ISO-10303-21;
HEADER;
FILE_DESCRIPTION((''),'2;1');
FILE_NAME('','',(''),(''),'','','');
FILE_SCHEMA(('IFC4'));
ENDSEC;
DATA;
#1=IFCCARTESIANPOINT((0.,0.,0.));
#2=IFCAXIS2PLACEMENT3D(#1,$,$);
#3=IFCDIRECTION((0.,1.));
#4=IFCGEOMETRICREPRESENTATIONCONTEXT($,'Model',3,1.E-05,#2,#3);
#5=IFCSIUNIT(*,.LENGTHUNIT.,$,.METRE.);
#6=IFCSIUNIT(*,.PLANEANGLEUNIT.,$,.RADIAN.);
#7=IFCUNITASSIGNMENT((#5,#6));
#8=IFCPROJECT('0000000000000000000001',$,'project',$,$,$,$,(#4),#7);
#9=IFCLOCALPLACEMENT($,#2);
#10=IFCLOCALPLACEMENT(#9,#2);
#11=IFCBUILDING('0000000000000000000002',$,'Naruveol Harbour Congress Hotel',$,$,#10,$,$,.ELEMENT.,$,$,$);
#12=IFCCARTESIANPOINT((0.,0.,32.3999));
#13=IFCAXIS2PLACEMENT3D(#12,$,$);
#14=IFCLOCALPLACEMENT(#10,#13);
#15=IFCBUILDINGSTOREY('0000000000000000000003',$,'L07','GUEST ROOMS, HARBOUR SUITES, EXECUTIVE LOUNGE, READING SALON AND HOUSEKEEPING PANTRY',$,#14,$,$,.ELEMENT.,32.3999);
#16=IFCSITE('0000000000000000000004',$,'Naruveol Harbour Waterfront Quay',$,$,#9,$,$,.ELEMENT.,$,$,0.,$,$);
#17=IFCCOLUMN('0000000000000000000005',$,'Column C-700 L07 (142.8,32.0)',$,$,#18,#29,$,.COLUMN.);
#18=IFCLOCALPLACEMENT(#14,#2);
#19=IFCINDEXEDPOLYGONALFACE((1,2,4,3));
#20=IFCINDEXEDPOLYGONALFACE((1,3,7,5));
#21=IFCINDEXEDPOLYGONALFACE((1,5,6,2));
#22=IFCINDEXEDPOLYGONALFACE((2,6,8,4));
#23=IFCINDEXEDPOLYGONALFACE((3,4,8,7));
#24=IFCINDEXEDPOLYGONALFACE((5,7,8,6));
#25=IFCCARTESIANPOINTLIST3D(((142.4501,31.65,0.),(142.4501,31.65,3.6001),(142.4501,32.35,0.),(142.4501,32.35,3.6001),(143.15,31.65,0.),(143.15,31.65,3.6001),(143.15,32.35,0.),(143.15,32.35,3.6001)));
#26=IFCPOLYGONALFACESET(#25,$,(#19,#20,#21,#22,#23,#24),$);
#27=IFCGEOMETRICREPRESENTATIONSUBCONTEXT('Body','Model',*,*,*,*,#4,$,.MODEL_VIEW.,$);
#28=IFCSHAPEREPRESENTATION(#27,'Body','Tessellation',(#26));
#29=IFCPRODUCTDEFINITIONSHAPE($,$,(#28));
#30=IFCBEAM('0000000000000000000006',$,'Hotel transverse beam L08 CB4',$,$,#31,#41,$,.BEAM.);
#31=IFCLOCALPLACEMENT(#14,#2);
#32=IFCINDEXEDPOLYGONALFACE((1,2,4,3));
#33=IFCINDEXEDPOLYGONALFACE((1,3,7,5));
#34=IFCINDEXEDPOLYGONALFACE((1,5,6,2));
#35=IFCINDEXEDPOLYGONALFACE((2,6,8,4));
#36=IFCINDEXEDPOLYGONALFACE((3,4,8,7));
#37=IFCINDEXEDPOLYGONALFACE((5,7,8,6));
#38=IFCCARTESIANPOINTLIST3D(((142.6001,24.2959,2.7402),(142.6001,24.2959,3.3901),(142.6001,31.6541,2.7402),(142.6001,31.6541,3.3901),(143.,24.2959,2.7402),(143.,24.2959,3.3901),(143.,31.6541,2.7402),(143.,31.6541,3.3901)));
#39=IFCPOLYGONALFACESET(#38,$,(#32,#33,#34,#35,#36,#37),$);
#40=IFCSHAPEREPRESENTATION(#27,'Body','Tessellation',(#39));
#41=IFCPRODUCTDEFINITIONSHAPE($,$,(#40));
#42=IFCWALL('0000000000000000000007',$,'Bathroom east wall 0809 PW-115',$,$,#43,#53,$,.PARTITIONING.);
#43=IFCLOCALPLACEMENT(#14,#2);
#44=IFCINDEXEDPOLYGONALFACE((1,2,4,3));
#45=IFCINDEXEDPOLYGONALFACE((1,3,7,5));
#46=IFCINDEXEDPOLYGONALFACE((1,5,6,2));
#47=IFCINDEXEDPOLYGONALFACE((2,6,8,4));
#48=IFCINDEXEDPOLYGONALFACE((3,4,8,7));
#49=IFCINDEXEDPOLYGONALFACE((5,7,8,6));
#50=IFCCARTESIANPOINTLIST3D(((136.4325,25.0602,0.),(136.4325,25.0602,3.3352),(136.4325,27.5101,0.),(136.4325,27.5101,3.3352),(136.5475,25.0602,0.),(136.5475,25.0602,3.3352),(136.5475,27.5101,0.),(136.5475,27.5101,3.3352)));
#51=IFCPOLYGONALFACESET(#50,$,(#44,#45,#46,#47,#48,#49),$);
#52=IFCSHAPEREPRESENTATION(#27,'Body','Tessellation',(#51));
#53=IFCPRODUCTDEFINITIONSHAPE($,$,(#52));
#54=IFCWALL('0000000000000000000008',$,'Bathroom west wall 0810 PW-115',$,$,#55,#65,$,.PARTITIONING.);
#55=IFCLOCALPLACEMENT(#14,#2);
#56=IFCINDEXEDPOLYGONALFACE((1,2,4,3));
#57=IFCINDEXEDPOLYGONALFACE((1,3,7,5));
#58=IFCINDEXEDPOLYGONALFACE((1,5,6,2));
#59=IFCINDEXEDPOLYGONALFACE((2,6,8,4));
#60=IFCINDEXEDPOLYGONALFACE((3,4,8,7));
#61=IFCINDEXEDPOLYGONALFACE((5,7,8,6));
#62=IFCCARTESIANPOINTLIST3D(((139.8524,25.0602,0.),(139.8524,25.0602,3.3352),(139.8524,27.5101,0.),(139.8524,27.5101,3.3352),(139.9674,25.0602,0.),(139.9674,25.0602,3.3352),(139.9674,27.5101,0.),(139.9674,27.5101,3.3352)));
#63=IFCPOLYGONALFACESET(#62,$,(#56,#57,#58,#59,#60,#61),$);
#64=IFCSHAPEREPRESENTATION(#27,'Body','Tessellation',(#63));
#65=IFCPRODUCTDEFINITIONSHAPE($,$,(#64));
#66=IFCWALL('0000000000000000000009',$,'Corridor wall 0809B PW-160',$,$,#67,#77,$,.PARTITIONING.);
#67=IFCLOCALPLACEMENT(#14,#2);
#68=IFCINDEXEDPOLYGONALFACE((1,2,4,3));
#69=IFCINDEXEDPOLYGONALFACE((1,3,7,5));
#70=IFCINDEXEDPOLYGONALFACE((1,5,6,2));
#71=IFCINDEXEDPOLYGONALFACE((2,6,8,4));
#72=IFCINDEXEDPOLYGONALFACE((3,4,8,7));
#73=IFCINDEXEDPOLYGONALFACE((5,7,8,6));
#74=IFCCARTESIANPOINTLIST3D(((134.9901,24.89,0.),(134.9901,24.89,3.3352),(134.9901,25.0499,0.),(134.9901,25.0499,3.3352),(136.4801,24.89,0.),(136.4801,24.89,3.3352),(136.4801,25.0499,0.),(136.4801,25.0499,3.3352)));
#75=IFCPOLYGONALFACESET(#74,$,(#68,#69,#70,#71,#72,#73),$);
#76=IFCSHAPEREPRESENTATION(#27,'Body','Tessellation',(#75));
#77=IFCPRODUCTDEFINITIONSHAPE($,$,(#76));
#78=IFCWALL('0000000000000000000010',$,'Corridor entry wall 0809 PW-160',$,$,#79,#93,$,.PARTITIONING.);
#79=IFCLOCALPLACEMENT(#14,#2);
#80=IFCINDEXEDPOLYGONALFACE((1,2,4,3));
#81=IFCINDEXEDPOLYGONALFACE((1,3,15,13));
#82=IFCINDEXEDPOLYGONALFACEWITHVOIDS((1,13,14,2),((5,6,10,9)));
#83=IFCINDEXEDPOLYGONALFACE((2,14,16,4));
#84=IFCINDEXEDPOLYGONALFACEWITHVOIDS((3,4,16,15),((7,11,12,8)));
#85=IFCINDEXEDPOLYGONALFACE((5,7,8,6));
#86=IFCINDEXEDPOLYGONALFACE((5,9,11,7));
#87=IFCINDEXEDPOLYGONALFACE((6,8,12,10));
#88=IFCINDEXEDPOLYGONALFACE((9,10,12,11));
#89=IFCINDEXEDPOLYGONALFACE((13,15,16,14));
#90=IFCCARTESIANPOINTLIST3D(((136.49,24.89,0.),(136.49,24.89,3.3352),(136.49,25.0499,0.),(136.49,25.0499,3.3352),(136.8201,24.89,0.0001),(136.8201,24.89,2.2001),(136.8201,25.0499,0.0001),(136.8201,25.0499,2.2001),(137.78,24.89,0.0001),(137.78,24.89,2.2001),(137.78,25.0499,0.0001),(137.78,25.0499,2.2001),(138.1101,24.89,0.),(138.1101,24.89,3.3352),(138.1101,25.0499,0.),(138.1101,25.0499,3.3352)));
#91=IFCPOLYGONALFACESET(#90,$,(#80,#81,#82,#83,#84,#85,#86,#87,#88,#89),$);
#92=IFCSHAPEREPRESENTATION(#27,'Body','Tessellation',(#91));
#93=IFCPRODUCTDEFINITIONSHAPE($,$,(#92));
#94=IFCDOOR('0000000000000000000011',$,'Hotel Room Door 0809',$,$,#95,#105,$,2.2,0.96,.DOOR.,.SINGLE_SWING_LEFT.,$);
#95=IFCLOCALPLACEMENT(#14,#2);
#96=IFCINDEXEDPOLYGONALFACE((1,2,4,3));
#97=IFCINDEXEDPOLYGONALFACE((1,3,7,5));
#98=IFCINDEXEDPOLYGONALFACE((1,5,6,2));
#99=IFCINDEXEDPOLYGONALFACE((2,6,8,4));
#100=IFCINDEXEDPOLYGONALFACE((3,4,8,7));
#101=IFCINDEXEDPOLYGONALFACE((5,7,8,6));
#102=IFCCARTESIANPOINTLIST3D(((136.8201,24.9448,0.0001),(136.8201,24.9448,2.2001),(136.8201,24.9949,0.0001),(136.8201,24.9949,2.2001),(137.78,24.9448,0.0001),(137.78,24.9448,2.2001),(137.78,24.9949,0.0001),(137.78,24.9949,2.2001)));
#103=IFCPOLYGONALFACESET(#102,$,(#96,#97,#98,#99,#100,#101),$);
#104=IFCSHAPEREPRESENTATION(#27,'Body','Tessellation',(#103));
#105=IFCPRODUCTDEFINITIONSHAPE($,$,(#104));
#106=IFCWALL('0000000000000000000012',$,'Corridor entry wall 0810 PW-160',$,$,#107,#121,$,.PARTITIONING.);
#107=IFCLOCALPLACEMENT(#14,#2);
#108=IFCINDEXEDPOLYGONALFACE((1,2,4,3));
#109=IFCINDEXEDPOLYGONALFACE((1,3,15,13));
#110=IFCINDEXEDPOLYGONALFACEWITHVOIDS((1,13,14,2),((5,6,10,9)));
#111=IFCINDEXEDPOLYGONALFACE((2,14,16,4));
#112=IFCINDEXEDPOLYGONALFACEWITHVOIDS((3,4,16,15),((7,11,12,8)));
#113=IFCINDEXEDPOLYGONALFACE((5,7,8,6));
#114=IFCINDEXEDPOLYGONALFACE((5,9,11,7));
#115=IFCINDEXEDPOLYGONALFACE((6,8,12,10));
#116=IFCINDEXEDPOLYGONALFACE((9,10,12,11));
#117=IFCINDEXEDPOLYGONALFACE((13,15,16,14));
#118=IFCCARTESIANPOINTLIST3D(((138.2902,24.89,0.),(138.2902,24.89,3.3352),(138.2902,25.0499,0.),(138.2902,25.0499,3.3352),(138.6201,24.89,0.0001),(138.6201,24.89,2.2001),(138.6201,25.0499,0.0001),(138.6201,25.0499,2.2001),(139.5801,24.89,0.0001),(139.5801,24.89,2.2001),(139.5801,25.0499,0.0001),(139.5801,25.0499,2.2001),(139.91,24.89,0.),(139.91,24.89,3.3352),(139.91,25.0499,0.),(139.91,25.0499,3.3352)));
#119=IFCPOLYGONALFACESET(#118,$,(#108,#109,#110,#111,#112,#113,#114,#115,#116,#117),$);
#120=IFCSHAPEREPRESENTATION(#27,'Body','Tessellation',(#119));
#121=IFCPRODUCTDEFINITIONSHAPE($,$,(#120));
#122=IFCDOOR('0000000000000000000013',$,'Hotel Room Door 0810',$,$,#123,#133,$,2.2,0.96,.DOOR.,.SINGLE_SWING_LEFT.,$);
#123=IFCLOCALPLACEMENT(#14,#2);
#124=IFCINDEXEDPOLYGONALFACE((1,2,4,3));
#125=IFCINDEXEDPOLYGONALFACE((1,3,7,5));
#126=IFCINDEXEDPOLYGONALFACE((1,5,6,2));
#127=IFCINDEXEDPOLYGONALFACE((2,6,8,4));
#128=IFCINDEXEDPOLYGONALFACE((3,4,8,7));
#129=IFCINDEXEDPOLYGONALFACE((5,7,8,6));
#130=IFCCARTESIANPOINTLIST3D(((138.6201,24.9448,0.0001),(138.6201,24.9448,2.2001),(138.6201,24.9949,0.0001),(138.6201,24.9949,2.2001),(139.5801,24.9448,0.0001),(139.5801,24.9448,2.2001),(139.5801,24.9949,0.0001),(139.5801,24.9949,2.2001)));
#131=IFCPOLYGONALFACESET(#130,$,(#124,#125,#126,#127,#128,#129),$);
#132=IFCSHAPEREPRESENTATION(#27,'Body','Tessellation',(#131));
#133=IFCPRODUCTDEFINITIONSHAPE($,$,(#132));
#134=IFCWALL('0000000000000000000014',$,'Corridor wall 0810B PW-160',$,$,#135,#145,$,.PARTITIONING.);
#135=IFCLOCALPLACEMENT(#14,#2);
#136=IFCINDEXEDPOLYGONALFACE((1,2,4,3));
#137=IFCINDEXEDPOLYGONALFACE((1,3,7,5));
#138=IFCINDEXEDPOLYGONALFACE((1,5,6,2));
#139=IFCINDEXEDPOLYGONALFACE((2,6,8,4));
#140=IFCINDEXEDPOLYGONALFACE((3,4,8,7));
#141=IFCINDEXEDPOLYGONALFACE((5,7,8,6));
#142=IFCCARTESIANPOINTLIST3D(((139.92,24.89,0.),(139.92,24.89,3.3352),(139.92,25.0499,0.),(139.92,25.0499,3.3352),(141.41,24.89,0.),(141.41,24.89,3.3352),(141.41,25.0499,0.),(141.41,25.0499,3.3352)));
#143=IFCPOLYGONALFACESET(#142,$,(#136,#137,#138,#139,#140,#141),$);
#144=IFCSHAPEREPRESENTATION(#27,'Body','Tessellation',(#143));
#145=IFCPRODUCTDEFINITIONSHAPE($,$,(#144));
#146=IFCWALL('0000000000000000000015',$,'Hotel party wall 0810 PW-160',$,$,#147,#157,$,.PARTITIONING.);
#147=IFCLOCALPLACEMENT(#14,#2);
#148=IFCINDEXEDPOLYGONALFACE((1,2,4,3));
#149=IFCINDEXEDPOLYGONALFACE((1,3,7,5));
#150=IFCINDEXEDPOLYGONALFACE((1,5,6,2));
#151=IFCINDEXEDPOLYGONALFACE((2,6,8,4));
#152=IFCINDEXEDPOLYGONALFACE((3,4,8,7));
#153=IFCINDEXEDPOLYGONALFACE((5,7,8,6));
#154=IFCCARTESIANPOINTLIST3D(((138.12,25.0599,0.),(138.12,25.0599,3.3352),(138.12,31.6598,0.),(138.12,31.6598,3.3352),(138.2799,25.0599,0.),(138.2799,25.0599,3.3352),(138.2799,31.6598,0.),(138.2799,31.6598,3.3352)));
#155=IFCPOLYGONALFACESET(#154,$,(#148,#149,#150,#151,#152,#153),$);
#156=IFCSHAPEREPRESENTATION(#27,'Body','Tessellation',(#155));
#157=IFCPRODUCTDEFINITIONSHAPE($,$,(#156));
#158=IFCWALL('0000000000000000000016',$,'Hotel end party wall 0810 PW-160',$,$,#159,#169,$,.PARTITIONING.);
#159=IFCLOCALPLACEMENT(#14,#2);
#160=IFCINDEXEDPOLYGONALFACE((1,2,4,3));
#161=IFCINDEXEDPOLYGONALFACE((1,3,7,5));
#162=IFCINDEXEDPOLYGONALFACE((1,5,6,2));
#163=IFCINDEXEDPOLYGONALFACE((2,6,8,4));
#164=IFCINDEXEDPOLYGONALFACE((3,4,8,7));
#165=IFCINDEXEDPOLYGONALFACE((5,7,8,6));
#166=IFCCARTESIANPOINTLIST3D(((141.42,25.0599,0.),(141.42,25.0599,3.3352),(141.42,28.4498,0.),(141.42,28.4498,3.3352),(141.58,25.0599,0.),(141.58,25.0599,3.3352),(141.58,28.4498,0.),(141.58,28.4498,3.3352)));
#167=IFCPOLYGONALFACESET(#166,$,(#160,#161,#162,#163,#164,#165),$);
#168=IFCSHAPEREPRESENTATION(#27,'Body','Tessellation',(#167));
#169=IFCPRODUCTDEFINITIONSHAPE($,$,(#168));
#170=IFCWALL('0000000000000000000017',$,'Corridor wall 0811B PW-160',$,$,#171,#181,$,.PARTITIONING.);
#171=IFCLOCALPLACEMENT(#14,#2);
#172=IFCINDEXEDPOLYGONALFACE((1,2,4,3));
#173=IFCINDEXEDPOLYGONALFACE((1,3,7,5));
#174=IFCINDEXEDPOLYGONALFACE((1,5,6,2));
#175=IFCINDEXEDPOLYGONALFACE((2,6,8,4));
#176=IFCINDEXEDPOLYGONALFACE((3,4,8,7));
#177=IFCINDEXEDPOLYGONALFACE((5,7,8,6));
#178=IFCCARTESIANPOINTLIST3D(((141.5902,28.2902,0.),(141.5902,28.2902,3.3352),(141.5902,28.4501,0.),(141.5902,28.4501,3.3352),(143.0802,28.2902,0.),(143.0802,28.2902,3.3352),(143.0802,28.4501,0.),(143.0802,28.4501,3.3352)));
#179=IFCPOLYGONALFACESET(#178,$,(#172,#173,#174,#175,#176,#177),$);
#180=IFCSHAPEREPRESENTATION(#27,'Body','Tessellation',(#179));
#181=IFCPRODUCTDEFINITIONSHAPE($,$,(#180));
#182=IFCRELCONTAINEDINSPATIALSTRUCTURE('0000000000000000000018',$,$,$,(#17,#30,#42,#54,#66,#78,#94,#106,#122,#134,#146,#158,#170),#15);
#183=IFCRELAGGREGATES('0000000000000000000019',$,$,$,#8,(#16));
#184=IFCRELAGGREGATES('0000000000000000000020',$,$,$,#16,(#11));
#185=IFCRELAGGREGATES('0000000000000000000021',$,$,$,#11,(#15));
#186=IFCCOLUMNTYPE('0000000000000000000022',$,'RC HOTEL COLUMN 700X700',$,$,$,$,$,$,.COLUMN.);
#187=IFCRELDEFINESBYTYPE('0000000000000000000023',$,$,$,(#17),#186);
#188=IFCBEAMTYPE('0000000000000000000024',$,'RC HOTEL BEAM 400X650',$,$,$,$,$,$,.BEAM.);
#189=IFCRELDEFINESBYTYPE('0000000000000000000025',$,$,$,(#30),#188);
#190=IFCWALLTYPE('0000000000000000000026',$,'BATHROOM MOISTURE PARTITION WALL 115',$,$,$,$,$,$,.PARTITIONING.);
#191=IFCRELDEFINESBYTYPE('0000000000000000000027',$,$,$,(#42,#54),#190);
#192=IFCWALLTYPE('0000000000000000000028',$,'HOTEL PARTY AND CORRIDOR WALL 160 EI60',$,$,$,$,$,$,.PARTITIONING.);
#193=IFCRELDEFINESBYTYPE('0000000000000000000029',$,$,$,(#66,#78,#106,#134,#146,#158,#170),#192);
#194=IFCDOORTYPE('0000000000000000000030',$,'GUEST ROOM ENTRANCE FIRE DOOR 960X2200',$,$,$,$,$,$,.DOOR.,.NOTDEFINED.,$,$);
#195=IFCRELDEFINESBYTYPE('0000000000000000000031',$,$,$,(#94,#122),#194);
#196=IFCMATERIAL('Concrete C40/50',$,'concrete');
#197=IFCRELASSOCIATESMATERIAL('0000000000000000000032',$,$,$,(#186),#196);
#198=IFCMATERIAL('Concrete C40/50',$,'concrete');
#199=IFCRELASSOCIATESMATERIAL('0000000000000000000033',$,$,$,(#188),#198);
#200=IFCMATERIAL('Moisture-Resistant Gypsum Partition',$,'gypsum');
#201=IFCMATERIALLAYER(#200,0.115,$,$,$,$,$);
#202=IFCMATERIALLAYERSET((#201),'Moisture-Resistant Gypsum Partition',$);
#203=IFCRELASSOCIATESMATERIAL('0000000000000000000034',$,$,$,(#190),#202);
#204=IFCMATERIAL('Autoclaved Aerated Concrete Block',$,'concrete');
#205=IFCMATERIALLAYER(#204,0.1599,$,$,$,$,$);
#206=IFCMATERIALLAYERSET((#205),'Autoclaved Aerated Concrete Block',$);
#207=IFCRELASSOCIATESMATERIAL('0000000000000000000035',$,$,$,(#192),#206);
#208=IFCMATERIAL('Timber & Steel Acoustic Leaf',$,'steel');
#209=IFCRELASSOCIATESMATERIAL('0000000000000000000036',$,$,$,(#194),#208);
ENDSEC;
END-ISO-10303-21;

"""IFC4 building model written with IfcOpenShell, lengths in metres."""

from ifc_helpers import new_model, si_unit, direction, frame, frame_2d, origin, origin_2d, place, context, subcontext, project, spatial, rectangle, extrude, material, layer, layer_set, material_profile, profile_set, type_object, element, fill, save


model = new_model("IFC4")

# Units and contexts
model_context = context("Model", 3, precision=1e-05, world=origin(), true_north=direction((0.0, 1.0)))
body_context = subcontext(model_context, "Body", "Model", "MODEL_VIEW")
ifc_project = project(units=[si_unit("LENGTHUNIT", "METRE"), si_unit("PLANEANGLEUNIT", "RADIAN")], contexts=[model_context])

# Site, building, storey
site_placement = place(None, origin())
site = spatial("IfcSite", under=ifc_project, at=site_placement, Name="Naruveol Harbour Waterfront Quay", CompositionType="ELEMENT", RefElevation=0.0)
building_placement = place(site_placement, origin())
building = spatial("IfcBuilding", under=site, at=building_placement, Name="Naruveol Harbour Congress Hotel", CompositionType="ELEMENT")
storey_placement = place(building_placement, frame((0.0, 0.0, 32.3999)))
storey = spatial("IfcBuildingStorey", under=building, at=storey_placement, Name="L07", Description="GUEST ROOMS, HARBOUR SUITES, EXECUTIVE LOUNGE, READING SALON AND HOUSEKEEPING PANTRY", CompositionType="ELEMENT", Elevation=32.3999)

# Column
ifc_material_1 = material(Name="Concrete C40/50", Category="concrete")
ifc_material_profile_1 = material_profile(ifc_material_1, rectangle(XDim=0.7, YDim=0.7, at=origin_2d()), Name="RC-700x700")
ifc_profile_set_1 = profile_set([ifc_material_profile_1], Name="Concrete C40/50")
column_type = type_object("IfcColumnType", Name="RC HOTEL COLUMN 700X700", PredefinedType="COLUMN", material=ifc_profile_set_1)
column_placement = place(storey_placement, frame((142.8, 32.0, 0.0), z_axis=(0.0, 0.0, 1.0), x_axis=(1.0, 0.0, 0.0)))
element("IfcColumn", 1, at=column_placement, inside=storey, type_object=column_type, Name="Column C-700 L07 (142.8,32.0)", PredefinedType="COLUMN", context=body_context, shape_type="SweptSolid", body=[
    extrude(rectangle(XDim=0.7, YDim=0.7, at=origin_2d()), origin(), (0.0, 0.0, 1.0), 3.6001),
])

# Beam
ifc_material_2 = material(Name="Concrete C40/50", Category="concrete")
ifc_material_profile_2 = material_profile(ifc_material_2, rectangle(XDim=0.3999, YDim=0.6499, at=origin_2d()), Name="RCB-400x650")
ifc_profile_set_2 = profile_set([ifc_material_profile_2], Name="Concrete C40/50")
beam_type = type_object("IfcBeamType", Name="RC HOTEL BEAM 400X650", PredefinedType="BEAM", material=ifc_profile_set_2)
beam_placement = place(storey_placement, frame((142.8, 24.2959, 3.0652), z_axis=(0.0, 1.0, 0.0), x_axis=(-1.0, 0.0, 0.0)))
element("IfcBeam", 2, at=beam_placement, inside=storey, type_object=beam_type, Name="Hotel transverse beam L08 CB4", PredefinedType="BEAM", context=body_context, shape_type="SweptSolid", body=[
    extrude(rectangle(XDim=0.3999, YDim=0.6499, at=origin_2d()), origin(), (0.0, 0.0, 1.0), 7.3582),
])

# Wall
ifc_material_3 = material(Name="Moisture-Resistant Gypsum Partition", Category="gypsum")
ifc_layer_1 = layer(ifc_material_3, 0.115)
ifc_layer_set_1 = layer_set([ifc_layer_1], Name="Moisture-Resistant Gypsum Partition")
wall_type_1 = type_object("IfcWallType", Name="BATHROOM MOISTURE PARTITION WALL 115", PredefinedType="PARTITIONING", material=ifc_layer_set_1)
wall_1_placement = place(storey_placement, frame((136.49, 25.0601, 0.0), z_axis=(0.0, 0.0, 1.0), x_axis=(0.0, 1.0, 0.0)))
element("IfcWall", 3, at=wall_1_placement, inside=storey, type_object=wall_type_1, Name="Bathroom east wall 0809 PW-115", PredefinedType="PARTITIONING", context=body_context, shape_type="SweptSolid", body=[
    extrude(rectangle(XDim=2.45, YDim=0.115, at=frame_2d((1.2251, 0.0))), origin(), (0.0, 0.0, 1.0), 3.3352),
])

# Wall
wall_2_placement = place(storey_placement, frame((139.9099, 25.0601, 0.0), z_axis=(0.0, 0.0, 1.0), x_axis=(0.0, 1.0, 0.0)))
element("IfcWall", 4, at=wall_2_placement, inside=storey, type_object=wall_type_1, Name="Bathroom west wall 0810 PW-115", PredefinedType="PARTITIONING", context=body_context, shape_type="SweptSolid", body=[
    extrude(rectangle(XDim=2.45, YDim=0.115, at=frame_2d((1.2251, 0.0))), origin(), (0.0, 0.0, 1.0), 3.3352),
])

# Wall
ifc_material_4 = material(Name="Autoclaved Aerated Concrete Block", Category="concrete")
ifc_layer_2 = layer(ifc_material_4, 0.1599)
ifc_layer_set_2 = layer_set([ifc_layer_2], Name="Autoclaved Aerated Concrete Block")
wall_type_2 = type_object("IfcWallType", Name="HOTEL PARTY AND CORRIDOR WALL 160 EI60", PredefinedType="PARTITIONING", material=ifc_layer_set_2)
wall_3_placement = place(storey_placement, frame((134.99, 24.97, 0.0), z_axis=(0.0, 0.0, 1.0), x_axis=(1.0, 0.0, 0.0)))
element("IfcWall", 5, at=wall_3_placement, inside=storey, type_object=wall_type_2, Name="Corridor wall 0809B PW-160", PredefinedType="PARTITIONING", context=body_context, shape_type="SweptSolid", body=[
    extrude(rectangle(XDim=1.49, YDim=0.1599, at=frame_2d((0.7451, 0.0))), origin(), (0.0, 0.0, 1.0), 3.3352),
])

# Walls, openings, doors
wall_4_placement = place(storey_placement, frame((136.49, 24.97, 0.0), z_axis=(0.0, 0.0, 1.0), x_axis=(1.0, 0.0, 0.0)))
wall_4 = element("IfcWall", 6, at=wall_4_placement, inside=storey, type_object=wall_type_2, Name="Corridor entry wall 0809 PW-160", PredefinedType="PARTITIONING", context=body_context, shape_type="SweptSolid", body=[
    extrude(rectangle(XDim=1.6201, YDim=0.1599, at=frame_2d((0.8101, 0.0))), origin(), (0.0, 0.0, 1.0), 3.3352),
])
opening_1_placement = place(wall_4_placement, frame((0.3301, 0.0, 0.0)))
opening_1 = element("IfcOpeningElement", 7, at=opening_1_placement, cuts=wall_4, PredefinedType="OPENING", context=body_context, shape_type="SweptSolid", body=[
    extrude(rectangle(XDim=0.96, YDim=2.2, at=frame_2d((0.48, 1.1001))), frame((0.0, 0.0898, 0.0), z_axis=(0.0, -1.0, 0.0), x_axis=(1.0, 0.0, 0.0)), (0.0, 0.0, 1.0), 0.1799),
])
ifc_material_5 = material(Name="Timber & Steel Acoustic Leaf", Category="steel")
door_type_1 = type_object("IfcDoorType", Name="GUEST ROOM ENTRANCE FIRE DOOR 960X2200", OperationType="NOTDEFINED", PredefinedType="DOOR", material=ifc_material_5)
door_1_placement = place(opening_1_placement, origin())
door_1 = element("IfcDoor", 8, at=door_1_placement, inside=storey, type_object=door_type_1, Name="Hotel Room Door 0809", OperationType="SINGLE_SWING_LEFT", OverallHeight=2.2, OverallWidth=0.96, PredefinedType="DOOR", context=body_context, shape_type="SweptSolid", body=[
    extrude(rectangle(XDim=0.96, YDim=2.2, at=frame_2d((0.48, 1.1001))), frame((0.0, 0.0249, 0.0), z_axis=(0.0, -1.0, 0.0), x_axis=(1.0, 0.0, 0.0)), (0.0, 0.0, 1.0), 0.05),
])
fill(opening_1, door_1)
wall_5_placement = place(storey_placement, frame((138.29, 24.97, 0.0), z_axis=(0.0, 0.0, 1.0), x_axis=(1.0, 0.0, 0.0)))
wall_5 = element("IfcWall", 9, at=wall_5_placement, inside=storey, type_object=wall_type_2, Name="Corridor entry wall 0810 PW-160", PredefinedType="PARTITIONING", context=body_context, shape_type="SweptSolid", body=[
    extrude(rectangle(XDim=1.6199, YDim=0.1599, at=frame_2d((0.8101, 0.0))), origin(), (0.0, 0.0, 1.0), 3.3352),
])
opening_2_placement = place(wall_5_placement, frame((0.3301, 0.0, 0.0)))
opening_2 = element("IfcOpeningElement", 10, at=opening_2_placement, cuts=wall_5, PredefinedType="OPENING", context=body_context, shape_type="SweptSolid", body=[
    extrude(rectangle(XDim=0.96, YDim=2.2, at=frame_2d((0.48, 1.1001))), frame((0.0, 0.0898, 0.0), z_axis=(0.0, -1.0, 0.0), x_axis=(1.0, 0.0, 0.0)), (0.0, 0.0, 1.0), 0.1799),
])
door_2_placement = place(opening_2_placement, origin())
door_2 = element("IfcDoor", 11, at=door_2_placement, inside=storey, type_object=door_type_1, Name="Hotel Room Door 0810", OperationType="SINGLE_SWING_LEFT", OverallHeight=2.2, OverallWidth=0.96, PredefinedType="DOOR", context=body_context, shape_type="SweptSolid", body=[
    extrude(rectangle(XDim=0.96, YDim=2.2, at=frame_2d((0.48, 1.1001))), frame((0.0, 0.0249, 0.0), z_axis=(0.0, -1.0, 0.0), x_axis=(1.0, 0.0, 0.0)), (0.0, 0.0, 1.0), 0.05),
])
fill(opening_2, door_2)

# Walls
wall_6_placement = place(storey_placement, frame((139.9199, 24.97, 0.0), z_axis=(0.0, 0.0, 1.0), x_axis=(1.0, 0.0, 0.0)))
element("IfcWall", 12, at=wall_6_placement, inside=storey, type_object=wall_type_2, Name="Corridor wall 0810B PW-160", PredefinedType="PARTITIONING", context=body_context, shape_type="SweptSolid", body=[
    extrude(rectangle(XDim=1.49, YDim=0.1599, at=frame_2d((0.7451, 0.0))), origin(), (0.0, 0.0, 1.0), 3.3352),
])
wall_7_placement = place(storey_placement, frame((138.2, 25.0601, 0.0), z_axis=(0.0, 0.0, 1.0), x_axis=(0.0, 1.0, 0.0)))
element("IfcWall", 13, at=wall_7_placement, inside=storey, type_object=wall_type_2, Name="Hotel party wall 0810 PW-160", PredefinedType="PARTITIONING", context=body_context, shape_type="SweptSolid", body=[
    extrude(rectangle(XDim=6.5999, YDim=0.1599, at=frame_2d((3.2998, 0.0))), origin(), (0.0, 0.0, 1.0), 3.3352),
])
wall_8_placement = place(storey_placement, frame((141.5, 25.0601, 0.0), z_axis=(0.0, 0.0, 1.0), x_axis=(0.0, 1.0, 0.0)))
element("IfcWall", 14, at=wall_8_placement, inside=storey, type_object=wall_type_2, Name="Hotel end party wall 0810 PW-160", PredefinedType="PARTITIONING", context=body_context, shape_type="SweptSolid", body=[
    extrude(rectangle(XDim=3.3899, YDim=0.1599, at=frame_2d((1.6948, 0.0))), origin(), (0.0, 0.0, 1.0), 3.3352),
])
wall_9_placement = place(storey_placement, frame((141.5901, 28.3701, 0.0), z_axis=(0.0, 0.0, 1.0), x_axis=(1.0, 0.0, 0.0)))
element("IfcWall", 15, at=wall_9_placement, inside=storey, type_object=wall_type_2, Name="Corridor wall 0811B PW-160", PredefinedType="PARTITIONING", context=body_context, shape_type="SweptSolid", body=[
    extrude(rectangle(XDim=1.49, YDim=0.1599, at=frame_2d((0.7451, 0.0))), origin(), (0.0, 0.0, 1.0), 3.3352),
])

save(model, "model.ifc")
